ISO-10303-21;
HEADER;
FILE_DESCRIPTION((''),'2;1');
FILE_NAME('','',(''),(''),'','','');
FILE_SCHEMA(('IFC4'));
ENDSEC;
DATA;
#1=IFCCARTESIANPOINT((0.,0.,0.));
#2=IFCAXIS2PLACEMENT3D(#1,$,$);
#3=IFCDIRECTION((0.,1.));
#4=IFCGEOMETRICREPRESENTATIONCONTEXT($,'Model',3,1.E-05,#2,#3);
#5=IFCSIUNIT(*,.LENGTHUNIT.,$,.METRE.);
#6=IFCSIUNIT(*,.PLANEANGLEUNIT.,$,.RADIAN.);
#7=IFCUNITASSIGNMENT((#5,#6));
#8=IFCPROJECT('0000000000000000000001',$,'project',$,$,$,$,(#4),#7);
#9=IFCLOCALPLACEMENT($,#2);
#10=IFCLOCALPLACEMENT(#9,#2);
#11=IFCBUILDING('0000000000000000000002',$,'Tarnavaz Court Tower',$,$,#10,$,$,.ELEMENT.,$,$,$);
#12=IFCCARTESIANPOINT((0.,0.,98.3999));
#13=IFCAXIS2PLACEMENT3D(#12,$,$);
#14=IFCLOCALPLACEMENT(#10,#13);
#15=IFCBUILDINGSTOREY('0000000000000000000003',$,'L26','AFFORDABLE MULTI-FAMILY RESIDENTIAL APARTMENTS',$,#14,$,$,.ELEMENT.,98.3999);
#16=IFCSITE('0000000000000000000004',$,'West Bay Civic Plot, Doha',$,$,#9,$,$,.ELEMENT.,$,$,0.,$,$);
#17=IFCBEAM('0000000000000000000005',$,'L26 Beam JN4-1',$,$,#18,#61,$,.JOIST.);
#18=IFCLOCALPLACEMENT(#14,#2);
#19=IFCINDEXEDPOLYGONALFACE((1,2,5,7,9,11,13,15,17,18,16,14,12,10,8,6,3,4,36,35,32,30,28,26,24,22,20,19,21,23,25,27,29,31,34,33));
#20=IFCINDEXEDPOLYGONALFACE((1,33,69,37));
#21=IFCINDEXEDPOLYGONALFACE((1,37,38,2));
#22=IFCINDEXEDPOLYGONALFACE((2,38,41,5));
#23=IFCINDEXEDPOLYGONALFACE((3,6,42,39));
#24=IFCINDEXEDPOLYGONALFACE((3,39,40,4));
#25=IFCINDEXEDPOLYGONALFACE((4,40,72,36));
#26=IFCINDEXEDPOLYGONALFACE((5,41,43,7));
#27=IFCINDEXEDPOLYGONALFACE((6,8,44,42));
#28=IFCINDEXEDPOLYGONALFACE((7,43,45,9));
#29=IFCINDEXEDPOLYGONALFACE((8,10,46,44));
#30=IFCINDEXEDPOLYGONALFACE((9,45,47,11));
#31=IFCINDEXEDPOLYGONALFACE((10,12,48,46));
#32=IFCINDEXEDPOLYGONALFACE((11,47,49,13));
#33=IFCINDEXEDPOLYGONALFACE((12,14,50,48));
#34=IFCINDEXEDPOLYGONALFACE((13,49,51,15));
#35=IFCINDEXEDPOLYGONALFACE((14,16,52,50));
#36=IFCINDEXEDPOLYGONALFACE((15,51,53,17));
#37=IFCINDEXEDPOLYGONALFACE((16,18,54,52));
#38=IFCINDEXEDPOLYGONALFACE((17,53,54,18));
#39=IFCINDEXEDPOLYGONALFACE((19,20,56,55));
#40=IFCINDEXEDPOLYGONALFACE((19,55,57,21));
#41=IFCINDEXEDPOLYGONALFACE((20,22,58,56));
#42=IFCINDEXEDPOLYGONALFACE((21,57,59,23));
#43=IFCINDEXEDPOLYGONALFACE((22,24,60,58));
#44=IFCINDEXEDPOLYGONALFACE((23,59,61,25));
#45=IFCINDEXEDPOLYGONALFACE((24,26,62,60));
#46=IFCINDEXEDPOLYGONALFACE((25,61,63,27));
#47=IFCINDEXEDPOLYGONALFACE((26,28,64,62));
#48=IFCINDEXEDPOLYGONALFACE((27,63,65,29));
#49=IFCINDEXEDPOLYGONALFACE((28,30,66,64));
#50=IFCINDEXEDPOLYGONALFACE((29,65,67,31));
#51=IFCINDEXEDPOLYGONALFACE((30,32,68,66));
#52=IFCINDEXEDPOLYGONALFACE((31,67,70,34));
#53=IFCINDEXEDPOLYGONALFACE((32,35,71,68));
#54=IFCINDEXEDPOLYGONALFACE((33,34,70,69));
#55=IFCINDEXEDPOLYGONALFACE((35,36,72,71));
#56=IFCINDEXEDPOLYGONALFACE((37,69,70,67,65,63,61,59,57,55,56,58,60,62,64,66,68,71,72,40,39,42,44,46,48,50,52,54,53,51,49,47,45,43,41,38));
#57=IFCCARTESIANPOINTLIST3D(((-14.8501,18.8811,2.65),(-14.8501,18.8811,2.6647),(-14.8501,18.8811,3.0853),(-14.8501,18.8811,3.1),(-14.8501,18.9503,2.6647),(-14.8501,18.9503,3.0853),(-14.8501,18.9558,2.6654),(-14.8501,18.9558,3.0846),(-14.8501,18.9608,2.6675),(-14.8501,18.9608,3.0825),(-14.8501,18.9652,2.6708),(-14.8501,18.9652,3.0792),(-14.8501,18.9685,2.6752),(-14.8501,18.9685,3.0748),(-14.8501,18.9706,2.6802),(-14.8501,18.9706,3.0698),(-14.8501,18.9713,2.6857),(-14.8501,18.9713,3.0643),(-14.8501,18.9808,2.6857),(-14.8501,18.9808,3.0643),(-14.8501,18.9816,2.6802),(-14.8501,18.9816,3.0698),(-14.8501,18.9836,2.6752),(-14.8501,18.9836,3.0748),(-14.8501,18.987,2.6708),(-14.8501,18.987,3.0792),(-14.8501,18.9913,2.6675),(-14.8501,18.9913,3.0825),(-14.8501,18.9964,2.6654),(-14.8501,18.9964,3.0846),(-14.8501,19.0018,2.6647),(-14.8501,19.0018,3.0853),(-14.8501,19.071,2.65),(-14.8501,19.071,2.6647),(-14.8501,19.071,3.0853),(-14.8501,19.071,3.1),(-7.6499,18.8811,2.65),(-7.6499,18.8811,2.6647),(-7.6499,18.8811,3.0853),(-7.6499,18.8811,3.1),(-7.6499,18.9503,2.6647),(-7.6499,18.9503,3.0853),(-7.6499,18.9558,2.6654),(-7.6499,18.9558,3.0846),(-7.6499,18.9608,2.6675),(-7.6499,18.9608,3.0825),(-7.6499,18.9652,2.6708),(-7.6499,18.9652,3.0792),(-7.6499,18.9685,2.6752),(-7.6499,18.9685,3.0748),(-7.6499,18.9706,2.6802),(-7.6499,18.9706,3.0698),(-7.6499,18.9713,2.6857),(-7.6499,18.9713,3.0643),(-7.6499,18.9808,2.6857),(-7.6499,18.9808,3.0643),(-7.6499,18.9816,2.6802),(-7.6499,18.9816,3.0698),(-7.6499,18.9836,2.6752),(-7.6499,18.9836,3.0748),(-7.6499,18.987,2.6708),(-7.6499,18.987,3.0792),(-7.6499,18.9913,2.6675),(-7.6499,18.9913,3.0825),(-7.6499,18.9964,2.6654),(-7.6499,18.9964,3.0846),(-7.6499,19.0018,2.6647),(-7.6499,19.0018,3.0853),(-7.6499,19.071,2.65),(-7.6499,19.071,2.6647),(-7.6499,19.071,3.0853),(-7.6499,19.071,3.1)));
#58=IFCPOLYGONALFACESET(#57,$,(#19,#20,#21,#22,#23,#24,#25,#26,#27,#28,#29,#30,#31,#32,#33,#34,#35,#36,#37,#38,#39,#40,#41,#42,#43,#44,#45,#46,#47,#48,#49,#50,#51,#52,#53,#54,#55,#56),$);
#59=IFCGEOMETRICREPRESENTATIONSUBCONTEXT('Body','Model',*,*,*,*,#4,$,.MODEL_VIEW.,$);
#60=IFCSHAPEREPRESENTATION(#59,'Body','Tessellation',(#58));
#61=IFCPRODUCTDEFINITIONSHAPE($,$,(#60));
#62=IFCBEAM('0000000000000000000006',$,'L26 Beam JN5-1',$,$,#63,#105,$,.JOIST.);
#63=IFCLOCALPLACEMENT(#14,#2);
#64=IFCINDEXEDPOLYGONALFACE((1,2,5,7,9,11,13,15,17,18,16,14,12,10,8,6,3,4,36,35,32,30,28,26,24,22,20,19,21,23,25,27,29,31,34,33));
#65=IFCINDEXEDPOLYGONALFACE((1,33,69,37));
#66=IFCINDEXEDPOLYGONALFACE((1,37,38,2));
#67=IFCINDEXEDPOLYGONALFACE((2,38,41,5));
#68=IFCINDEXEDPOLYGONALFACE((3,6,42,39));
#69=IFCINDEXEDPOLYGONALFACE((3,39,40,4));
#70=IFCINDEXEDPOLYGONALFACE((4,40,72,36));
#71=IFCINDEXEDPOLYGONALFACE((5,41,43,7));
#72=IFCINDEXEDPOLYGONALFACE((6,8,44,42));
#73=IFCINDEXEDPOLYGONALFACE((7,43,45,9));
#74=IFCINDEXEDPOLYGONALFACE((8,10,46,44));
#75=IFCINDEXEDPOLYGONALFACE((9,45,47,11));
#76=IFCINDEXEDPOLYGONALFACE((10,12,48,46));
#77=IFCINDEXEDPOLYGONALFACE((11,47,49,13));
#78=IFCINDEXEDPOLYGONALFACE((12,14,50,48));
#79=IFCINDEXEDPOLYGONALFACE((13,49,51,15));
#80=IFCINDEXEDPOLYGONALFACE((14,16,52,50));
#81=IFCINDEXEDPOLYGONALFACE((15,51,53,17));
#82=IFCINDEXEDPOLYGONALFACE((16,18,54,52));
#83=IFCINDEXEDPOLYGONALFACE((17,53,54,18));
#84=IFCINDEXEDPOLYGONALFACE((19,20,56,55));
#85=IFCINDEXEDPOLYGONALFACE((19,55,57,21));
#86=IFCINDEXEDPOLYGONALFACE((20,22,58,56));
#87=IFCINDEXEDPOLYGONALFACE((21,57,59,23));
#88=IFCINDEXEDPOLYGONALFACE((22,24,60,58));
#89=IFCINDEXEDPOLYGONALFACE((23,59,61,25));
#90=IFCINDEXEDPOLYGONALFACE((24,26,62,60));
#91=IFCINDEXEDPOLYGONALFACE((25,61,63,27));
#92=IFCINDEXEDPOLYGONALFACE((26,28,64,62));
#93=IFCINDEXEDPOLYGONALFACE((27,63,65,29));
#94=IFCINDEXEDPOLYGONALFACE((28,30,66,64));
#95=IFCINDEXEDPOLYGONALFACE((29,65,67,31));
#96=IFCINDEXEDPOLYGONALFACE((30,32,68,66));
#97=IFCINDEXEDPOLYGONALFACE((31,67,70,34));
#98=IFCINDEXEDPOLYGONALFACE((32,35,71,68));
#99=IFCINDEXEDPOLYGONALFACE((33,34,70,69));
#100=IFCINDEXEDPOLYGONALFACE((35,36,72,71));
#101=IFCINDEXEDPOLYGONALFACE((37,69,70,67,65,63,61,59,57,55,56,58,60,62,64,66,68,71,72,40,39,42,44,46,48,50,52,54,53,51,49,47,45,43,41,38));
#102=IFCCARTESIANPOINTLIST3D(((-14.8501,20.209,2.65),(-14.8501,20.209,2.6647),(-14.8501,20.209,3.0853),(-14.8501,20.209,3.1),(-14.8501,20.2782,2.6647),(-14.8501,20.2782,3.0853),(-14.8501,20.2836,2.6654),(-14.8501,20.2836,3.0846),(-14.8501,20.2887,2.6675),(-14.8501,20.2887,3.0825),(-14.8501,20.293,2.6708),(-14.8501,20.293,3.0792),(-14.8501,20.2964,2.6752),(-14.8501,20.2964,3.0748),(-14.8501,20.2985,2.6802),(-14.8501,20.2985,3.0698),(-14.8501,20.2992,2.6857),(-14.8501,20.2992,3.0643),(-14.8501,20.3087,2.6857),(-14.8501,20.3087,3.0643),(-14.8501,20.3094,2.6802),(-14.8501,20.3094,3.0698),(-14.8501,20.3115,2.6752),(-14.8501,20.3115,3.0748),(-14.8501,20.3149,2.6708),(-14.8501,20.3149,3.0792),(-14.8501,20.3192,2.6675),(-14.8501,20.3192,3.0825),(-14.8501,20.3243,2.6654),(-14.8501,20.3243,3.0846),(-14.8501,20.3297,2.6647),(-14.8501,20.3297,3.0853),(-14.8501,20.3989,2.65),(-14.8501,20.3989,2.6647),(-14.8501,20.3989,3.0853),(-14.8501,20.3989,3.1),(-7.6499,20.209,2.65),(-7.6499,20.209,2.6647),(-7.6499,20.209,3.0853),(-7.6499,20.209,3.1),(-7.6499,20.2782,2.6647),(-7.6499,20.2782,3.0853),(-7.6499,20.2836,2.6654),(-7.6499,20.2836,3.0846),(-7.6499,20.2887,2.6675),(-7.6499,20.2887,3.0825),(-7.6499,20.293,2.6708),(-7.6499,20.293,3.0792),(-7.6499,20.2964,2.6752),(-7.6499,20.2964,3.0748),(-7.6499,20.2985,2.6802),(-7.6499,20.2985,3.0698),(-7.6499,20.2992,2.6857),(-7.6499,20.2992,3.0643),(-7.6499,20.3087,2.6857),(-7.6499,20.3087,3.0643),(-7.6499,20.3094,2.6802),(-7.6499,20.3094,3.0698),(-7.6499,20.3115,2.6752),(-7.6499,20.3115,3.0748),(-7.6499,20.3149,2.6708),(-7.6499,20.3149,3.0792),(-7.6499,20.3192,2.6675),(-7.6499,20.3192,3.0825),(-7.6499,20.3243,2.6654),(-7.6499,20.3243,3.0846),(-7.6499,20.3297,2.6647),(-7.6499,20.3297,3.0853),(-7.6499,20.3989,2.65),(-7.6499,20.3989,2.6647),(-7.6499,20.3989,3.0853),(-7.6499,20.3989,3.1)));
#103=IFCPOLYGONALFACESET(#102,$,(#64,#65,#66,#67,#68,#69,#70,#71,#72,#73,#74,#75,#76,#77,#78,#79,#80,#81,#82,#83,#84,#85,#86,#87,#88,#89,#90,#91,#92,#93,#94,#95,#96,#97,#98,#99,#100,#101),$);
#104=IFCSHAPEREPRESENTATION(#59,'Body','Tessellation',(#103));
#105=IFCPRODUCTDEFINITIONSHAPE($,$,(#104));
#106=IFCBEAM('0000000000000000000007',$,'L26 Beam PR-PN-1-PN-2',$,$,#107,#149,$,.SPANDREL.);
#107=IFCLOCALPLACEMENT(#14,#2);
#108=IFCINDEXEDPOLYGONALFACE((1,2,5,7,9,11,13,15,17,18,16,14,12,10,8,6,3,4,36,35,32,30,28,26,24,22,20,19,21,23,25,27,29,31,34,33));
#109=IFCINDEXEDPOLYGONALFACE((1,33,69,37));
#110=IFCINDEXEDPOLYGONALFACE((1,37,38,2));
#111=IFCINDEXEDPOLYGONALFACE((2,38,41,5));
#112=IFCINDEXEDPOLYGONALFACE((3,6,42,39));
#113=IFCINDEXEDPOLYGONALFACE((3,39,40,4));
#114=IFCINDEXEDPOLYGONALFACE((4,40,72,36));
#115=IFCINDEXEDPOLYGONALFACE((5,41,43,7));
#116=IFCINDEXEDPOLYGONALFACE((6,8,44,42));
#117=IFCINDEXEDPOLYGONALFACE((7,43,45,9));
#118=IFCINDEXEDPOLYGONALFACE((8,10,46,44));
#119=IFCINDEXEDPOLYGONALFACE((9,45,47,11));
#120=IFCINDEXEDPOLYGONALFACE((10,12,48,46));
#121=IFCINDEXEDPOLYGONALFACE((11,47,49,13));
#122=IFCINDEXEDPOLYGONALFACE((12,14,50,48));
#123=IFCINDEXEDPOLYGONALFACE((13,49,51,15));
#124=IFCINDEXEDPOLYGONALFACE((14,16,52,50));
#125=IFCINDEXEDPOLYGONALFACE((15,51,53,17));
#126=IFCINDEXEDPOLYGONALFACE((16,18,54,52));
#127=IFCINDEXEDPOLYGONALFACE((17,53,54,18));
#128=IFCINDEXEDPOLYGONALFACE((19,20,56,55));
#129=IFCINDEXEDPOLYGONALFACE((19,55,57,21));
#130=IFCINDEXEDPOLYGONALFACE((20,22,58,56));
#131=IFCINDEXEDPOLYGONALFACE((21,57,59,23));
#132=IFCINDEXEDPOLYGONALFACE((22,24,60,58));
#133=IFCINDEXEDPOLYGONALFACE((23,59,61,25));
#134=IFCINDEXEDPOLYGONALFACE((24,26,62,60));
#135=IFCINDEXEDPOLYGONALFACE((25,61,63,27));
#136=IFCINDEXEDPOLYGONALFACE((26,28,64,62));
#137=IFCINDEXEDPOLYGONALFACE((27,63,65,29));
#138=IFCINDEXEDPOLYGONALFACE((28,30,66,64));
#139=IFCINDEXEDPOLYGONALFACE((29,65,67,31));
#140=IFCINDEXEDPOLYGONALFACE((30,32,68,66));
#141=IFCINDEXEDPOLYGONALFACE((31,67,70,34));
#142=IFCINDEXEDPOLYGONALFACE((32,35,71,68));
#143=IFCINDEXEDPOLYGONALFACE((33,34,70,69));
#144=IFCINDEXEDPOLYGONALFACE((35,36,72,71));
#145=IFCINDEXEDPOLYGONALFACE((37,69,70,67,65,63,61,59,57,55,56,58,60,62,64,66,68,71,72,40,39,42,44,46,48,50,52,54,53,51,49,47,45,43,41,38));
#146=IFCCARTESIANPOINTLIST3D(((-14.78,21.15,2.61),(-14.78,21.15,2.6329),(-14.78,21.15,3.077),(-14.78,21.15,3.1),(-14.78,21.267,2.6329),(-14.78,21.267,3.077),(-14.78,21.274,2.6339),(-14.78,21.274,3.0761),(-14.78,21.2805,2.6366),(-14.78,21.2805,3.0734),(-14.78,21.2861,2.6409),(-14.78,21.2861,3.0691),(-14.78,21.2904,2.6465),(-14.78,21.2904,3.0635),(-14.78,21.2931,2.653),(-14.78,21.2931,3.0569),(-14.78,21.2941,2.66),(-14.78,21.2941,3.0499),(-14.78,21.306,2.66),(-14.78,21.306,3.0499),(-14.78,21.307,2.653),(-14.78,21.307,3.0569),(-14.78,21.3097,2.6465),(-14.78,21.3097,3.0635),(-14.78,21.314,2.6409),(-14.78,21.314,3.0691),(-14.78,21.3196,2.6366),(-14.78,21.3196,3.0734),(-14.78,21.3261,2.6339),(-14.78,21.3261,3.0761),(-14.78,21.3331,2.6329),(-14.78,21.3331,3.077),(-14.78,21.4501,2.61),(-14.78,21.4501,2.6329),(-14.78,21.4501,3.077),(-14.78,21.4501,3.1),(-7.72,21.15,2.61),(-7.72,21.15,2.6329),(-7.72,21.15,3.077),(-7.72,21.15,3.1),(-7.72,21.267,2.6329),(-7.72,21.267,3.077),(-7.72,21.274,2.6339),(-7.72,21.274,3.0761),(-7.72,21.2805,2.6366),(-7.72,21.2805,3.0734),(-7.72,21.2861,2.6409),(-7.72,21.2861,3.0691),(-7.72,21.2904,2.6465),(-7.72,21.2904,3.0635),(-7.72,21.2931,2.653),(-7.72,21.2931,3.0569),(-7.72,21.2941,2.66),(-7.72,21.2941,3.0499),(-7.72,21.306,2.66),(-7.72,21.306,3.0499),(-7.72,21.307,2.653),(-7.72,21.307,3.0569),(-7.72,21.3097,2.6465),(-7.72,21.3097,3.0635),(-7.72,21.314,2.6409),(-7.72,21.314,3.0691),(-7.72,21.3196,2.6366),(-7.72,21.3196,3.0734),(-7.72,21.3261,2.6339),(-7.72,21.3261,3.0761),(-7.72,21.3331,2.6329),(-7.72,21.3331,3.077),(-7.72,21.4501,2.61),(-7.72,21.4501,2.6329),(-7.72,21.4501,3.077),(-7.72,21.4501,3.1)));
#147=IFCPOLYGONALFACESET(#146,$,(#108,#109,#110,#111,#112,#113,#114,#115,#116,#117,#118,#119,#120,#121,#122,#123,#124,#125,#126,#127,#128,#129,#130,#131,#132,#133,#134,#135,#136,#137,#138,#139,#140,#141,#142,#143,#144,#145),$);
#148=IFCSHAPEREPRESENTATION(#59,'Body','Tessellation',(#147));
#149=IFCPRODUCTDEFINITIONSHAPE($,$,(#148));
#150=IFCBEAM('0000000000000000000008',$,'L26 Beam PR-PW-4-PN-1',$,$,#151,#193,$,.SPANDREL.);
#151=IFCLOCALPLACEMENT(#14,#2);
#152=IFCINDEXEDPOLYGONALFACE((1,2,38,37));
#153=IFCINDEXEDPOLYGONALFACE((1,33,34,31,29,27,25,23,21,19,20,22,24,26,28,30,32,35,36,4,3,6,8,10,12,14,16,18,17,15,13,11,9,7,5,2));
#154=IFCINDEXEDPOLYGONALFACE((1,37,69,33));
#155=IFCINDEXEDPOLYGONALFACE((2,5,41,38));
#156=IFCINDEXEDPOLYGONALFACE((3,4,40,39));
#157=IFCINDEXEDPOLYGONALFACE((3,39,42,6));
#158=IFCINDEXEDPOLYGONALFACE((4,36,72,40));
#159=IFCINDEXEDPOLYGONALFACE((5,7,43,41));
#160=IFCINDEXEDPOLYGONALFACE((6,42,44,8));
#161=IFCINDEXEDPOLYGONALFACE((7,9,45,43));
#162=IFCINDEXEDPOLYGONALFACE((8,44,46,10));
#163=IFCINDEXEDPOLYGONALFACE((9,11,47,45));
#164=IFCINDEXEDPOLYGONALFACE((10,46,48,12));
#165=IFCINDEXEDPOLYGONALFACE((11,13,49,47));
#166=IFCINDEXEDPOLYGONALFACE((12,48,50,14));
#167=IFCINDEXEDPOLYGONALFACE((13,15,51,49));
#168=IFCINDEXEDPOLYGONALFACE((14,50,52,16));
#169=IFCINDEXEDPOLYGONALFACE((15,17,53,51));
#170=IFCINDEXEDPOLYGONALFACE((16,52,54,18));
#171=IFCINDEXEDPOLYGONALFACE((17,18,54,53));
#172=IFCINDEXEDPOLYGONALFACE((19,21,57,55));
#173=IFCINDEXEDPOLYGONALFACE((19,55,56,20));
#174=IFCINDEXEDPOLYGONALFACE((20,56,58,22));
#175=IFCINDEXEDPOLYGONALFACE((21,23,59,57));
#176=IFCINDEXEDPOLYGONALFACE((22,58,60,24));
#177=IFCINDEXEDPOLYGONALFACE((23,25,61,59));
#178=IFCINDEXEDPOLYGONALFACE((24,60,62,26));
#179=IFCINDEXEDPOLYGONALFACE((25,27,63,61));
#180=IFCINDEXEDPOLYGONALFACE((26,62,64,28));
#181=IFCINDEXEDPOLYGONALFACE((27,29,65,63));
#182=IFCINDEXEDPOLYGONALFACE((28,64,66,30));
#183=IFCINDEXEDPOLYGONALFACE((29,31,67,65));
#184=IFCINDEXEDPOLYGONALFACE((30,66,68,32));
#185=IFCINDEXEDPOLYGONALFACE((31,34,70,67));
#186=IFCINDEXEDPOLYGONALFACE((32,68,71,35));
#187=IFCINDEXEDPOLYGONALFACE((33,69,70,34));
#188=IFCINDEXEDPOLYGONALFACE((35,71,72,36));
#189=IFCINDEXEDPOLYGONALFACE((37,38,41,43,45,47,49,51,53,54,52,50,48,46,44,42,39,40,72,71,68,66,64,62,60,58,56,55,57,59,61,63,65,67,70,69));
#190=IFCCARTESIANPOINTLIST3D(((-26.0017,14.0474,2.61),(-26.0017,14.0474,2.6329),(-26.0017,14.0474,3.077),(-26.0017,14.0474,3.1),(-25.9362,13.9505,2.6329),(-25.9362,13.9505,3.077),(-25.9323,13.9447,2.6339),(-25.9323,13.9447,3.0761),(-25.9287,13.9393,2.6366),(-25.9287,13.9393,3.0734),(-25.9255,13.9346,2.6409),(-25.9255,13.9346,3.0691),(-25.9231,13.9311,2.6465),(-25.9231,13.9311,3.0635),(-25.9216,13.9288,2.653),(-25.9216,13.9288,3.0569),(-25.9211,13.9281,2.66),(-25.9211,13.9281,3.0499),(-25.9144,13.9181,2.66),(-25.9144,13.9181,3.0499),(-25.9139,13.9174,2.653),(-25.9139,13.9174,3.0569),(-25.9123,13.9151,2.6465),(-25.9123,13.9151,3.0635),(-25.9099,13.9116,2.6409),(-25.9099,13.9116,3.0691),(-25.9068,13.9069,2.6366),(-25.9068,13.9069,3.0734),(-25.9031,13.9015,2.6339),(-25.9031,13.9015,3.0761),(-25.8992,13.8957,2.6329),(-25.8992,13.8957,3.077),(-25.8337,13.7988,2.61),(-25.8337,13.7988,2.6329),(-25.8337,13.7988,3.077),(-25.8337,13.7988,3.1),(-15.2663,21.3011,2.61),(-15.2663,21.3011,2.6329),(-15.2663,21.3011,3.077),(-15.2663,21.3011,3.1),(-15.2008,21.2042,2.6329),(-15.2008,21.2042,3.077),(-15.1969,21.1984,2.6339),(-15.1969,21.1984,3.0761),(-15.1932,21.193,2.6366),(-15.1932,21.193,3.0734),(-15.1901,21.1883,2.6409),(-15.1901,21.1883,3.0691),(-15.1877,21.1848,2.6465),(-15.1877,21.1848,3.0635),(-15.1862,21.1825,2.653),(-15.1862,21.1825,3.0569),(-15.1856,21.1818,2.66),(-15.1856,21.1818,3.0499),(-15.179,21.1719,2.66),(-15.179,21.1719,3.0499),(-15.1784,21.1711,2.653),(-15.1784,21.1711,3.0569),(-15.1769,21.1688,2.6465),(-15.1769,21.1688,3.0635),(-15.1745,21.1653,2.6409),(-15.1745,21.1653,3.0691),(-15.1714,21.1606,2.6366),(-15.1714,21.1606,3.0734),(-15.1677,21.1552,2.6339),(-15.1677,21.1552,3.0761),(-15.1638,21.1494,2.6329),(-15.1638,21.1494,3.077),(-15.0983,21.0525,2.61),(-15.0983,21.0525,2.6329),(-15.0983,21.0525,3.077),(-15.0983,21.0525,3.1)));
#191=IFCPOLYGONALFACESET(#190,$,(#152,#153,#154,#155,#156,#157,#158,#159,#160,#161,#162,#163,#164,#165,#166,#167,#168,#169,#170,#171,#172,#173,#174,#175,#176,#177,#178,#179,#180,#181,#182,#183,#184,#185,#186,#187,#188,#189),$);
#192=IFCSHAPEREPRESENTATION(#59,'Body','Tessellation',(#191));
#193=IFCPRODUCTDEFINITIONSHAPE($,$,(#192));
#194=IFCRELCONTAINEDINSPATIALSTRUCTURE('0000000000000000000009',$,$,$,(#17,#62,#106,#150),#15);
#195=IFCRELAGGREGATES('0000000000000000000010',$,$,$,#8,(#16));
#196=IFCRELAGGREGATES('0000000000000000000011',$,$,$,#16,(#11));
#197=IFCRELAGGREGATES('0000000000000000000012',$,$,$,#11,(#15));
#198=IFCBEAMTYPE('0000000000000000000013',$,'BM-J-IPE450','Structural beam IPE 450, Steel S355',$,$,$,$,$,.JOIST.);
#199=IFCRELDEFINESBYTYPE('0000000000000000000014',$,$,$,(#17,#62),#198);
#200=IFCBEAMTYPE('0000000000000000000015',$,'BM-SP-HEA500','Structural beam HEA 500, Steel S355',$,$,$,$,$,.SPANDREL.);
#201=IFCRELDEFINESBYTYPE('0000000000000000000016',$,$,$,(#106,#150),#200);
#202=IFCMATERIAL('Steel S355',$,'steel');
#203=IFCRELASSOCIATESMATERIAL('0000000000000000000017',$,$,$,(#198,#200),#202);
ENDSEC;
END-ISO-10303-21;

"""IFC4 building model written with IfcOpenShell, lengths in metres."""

from ifc_helpers import new_model, si_unit, direction, frame, origin, origin_2d, place, context, subcontext, project, spatial, i_section, extrude, material, material_profile, profile_set, type_object, element, save


model = new_model("IFC4")

# Units and contexts
model_context = context("Model", 3, precision=1e-05, world=origin(), true_north=direction((0.0, 1.0)))
body_context = subcontext(model_context, "Body", "Model", "MODEL_VIEW")
ifc_project = project(units=[si_unit("LENGTHUNIT", "METRE"), si_unit("PLANEANGLEUNIT", "RADIAN")], contexts=[model_context])

# Site, building, storey
site_placement = place(None, origin())
site = spatial("IfcSite", under=ifc_project, at=site_placement, Name="West Bay Civic Plot, Doha", CompositionType="ELEMENT", RefElevation=0.0)
building_placement = place(site_placement, origin())
building = spatial("IfcBuilding", under=site, at=building_placement, Name="Tarnavaz Court Tower", CompositionType="ELEMENT")
storey_placement = place(building_placement, frame((0.0, 0.0, 98.3999)))
storey = spatial("IfcBuildingStorey", under=building, at=storey_placement, Name="L26", Description="AFFORDABLE MULTI-FAMILY RESIDENTIAL APARTMENTS", CompositionType="ELEMENT", Elevation=98.3999)

# Beams
ifc_material_1 = material(Name="Steel S355", Category="steel")
ifc_material_profile_1 = material_profile(ifc_material_1, i_section(OverallWidth=0.1899, OverallDepth=0.45, WebThickness=0.0095, FlangeThickness=0.0146, FilletRadius=0.021, at=origin_2d()), Name="IPE 450")
ifc_profile_set_1 = profile_set([ifc_material_profile_1], Name="Steel S355")
beam_type_1 = type_object("IfcBeamType", Name="BM-J-IPE450", Description="Structural beam IPE 450, Steel S355", PredefinedType="JOIST", material=ifc_profile_set_1)
for number, where, z_axis, x_axis, name in (
    (1, (-14.8501, 18.9761, 2.875), (1.0, 0.0, 0.0), (0.0, 1.0, 0.0), "L26 Beam JN4-1"),
    (2, (-14.8501, 20.304, 2.875), (1.0, 0.0, 0.0), (0.0, 1.0, 0.0), "L26 Beam JN5-1"),
):
    element("IfcBeam", number, at=place(storey_placement, frame(where, z_axis=z_axis, x_axis=x_axis)), inside=storey, type_object=beam_type_1, Name=name, PredefinedType="JOIST", context=body_context, shape_type="SweptSolid", body=[
        extrude(i_section(OverallWidth=0.1899, OverallDepth=0.45, WebThickness=0.0095, FlangeThickness=0.0146, FilletRadius=0.021, at=origin_2d()), origin(), (0.0, 0.0, 1.0), 7.2002),
    ])
ifc_material_profile_2 = material_profile(ifc_material_1, i_section(OverallWidth=0.3, OverallDepth=0.49, WebThickness=0.012, FlangeThickness=0.0229, FilletRadius=0.0271, at=origin_2d()), Name="HEA 500")
ifc_profile_set_2 = profile_set([ifc_material_profile_2], Name="Steel S355")
beam_type_2 = type_object("IfcBeamType", Name="BM-SP-HEA500", Description="Structural beam HEA 500, Steel S355", PredefinedType="SPANDREL", material=ifc_profile_set_2)
beam_1_placement = place(storey_placement, frame((-14.78, 21.3, 2.855), z_axis=(1.0, 0.0, 0.0), x_axis=(0.0, 1.0, 0.0)))
element("IfcBeam", 3, at=beam_1_placement, inside=storey, type_object=beam_type_2, Name="L26 Beam PR-PN-1-PN-2", PredefinedType="SPANDREL", context=body_context, shape_type="SweptSolid", body=[
    extrude(i_section(OverallWidth=0.3, OverallDepth=0.49, WebThickness=0.012, FlangeThickness=0.0229, FilletRadius=0.0271, at=origin_2d()), origin(), (0.0, 0.0, 1.0), 7.0601),
])
beam_2_placement = place(storey_placement, frame((-25.9177, 13.9231, 2.855), z_axis=(0.828587, 0.55986, 0.0), x_axis=(-0.55986, 0.828587, 0.0)))
element("IfcBeam", 4, at=beam_2_placement, inside=storey, type_object=beam_type_2, Name="L26 Beam PR-PW-4-PN-1", PredefinedType="SPANDREL", context=body_context, shape_type="SweptSolid", body=[
    extrude(i_section(OverallWidth=0.3, OverallDepth=0.49, WebThickness=0.012, FlangeThickness=0.0229, FilletRadius=0.0271, at=origin_2d()), origin(), (0.0, 0.0, 1.0), 12.9563),
])

save(model, "model.ifc")
